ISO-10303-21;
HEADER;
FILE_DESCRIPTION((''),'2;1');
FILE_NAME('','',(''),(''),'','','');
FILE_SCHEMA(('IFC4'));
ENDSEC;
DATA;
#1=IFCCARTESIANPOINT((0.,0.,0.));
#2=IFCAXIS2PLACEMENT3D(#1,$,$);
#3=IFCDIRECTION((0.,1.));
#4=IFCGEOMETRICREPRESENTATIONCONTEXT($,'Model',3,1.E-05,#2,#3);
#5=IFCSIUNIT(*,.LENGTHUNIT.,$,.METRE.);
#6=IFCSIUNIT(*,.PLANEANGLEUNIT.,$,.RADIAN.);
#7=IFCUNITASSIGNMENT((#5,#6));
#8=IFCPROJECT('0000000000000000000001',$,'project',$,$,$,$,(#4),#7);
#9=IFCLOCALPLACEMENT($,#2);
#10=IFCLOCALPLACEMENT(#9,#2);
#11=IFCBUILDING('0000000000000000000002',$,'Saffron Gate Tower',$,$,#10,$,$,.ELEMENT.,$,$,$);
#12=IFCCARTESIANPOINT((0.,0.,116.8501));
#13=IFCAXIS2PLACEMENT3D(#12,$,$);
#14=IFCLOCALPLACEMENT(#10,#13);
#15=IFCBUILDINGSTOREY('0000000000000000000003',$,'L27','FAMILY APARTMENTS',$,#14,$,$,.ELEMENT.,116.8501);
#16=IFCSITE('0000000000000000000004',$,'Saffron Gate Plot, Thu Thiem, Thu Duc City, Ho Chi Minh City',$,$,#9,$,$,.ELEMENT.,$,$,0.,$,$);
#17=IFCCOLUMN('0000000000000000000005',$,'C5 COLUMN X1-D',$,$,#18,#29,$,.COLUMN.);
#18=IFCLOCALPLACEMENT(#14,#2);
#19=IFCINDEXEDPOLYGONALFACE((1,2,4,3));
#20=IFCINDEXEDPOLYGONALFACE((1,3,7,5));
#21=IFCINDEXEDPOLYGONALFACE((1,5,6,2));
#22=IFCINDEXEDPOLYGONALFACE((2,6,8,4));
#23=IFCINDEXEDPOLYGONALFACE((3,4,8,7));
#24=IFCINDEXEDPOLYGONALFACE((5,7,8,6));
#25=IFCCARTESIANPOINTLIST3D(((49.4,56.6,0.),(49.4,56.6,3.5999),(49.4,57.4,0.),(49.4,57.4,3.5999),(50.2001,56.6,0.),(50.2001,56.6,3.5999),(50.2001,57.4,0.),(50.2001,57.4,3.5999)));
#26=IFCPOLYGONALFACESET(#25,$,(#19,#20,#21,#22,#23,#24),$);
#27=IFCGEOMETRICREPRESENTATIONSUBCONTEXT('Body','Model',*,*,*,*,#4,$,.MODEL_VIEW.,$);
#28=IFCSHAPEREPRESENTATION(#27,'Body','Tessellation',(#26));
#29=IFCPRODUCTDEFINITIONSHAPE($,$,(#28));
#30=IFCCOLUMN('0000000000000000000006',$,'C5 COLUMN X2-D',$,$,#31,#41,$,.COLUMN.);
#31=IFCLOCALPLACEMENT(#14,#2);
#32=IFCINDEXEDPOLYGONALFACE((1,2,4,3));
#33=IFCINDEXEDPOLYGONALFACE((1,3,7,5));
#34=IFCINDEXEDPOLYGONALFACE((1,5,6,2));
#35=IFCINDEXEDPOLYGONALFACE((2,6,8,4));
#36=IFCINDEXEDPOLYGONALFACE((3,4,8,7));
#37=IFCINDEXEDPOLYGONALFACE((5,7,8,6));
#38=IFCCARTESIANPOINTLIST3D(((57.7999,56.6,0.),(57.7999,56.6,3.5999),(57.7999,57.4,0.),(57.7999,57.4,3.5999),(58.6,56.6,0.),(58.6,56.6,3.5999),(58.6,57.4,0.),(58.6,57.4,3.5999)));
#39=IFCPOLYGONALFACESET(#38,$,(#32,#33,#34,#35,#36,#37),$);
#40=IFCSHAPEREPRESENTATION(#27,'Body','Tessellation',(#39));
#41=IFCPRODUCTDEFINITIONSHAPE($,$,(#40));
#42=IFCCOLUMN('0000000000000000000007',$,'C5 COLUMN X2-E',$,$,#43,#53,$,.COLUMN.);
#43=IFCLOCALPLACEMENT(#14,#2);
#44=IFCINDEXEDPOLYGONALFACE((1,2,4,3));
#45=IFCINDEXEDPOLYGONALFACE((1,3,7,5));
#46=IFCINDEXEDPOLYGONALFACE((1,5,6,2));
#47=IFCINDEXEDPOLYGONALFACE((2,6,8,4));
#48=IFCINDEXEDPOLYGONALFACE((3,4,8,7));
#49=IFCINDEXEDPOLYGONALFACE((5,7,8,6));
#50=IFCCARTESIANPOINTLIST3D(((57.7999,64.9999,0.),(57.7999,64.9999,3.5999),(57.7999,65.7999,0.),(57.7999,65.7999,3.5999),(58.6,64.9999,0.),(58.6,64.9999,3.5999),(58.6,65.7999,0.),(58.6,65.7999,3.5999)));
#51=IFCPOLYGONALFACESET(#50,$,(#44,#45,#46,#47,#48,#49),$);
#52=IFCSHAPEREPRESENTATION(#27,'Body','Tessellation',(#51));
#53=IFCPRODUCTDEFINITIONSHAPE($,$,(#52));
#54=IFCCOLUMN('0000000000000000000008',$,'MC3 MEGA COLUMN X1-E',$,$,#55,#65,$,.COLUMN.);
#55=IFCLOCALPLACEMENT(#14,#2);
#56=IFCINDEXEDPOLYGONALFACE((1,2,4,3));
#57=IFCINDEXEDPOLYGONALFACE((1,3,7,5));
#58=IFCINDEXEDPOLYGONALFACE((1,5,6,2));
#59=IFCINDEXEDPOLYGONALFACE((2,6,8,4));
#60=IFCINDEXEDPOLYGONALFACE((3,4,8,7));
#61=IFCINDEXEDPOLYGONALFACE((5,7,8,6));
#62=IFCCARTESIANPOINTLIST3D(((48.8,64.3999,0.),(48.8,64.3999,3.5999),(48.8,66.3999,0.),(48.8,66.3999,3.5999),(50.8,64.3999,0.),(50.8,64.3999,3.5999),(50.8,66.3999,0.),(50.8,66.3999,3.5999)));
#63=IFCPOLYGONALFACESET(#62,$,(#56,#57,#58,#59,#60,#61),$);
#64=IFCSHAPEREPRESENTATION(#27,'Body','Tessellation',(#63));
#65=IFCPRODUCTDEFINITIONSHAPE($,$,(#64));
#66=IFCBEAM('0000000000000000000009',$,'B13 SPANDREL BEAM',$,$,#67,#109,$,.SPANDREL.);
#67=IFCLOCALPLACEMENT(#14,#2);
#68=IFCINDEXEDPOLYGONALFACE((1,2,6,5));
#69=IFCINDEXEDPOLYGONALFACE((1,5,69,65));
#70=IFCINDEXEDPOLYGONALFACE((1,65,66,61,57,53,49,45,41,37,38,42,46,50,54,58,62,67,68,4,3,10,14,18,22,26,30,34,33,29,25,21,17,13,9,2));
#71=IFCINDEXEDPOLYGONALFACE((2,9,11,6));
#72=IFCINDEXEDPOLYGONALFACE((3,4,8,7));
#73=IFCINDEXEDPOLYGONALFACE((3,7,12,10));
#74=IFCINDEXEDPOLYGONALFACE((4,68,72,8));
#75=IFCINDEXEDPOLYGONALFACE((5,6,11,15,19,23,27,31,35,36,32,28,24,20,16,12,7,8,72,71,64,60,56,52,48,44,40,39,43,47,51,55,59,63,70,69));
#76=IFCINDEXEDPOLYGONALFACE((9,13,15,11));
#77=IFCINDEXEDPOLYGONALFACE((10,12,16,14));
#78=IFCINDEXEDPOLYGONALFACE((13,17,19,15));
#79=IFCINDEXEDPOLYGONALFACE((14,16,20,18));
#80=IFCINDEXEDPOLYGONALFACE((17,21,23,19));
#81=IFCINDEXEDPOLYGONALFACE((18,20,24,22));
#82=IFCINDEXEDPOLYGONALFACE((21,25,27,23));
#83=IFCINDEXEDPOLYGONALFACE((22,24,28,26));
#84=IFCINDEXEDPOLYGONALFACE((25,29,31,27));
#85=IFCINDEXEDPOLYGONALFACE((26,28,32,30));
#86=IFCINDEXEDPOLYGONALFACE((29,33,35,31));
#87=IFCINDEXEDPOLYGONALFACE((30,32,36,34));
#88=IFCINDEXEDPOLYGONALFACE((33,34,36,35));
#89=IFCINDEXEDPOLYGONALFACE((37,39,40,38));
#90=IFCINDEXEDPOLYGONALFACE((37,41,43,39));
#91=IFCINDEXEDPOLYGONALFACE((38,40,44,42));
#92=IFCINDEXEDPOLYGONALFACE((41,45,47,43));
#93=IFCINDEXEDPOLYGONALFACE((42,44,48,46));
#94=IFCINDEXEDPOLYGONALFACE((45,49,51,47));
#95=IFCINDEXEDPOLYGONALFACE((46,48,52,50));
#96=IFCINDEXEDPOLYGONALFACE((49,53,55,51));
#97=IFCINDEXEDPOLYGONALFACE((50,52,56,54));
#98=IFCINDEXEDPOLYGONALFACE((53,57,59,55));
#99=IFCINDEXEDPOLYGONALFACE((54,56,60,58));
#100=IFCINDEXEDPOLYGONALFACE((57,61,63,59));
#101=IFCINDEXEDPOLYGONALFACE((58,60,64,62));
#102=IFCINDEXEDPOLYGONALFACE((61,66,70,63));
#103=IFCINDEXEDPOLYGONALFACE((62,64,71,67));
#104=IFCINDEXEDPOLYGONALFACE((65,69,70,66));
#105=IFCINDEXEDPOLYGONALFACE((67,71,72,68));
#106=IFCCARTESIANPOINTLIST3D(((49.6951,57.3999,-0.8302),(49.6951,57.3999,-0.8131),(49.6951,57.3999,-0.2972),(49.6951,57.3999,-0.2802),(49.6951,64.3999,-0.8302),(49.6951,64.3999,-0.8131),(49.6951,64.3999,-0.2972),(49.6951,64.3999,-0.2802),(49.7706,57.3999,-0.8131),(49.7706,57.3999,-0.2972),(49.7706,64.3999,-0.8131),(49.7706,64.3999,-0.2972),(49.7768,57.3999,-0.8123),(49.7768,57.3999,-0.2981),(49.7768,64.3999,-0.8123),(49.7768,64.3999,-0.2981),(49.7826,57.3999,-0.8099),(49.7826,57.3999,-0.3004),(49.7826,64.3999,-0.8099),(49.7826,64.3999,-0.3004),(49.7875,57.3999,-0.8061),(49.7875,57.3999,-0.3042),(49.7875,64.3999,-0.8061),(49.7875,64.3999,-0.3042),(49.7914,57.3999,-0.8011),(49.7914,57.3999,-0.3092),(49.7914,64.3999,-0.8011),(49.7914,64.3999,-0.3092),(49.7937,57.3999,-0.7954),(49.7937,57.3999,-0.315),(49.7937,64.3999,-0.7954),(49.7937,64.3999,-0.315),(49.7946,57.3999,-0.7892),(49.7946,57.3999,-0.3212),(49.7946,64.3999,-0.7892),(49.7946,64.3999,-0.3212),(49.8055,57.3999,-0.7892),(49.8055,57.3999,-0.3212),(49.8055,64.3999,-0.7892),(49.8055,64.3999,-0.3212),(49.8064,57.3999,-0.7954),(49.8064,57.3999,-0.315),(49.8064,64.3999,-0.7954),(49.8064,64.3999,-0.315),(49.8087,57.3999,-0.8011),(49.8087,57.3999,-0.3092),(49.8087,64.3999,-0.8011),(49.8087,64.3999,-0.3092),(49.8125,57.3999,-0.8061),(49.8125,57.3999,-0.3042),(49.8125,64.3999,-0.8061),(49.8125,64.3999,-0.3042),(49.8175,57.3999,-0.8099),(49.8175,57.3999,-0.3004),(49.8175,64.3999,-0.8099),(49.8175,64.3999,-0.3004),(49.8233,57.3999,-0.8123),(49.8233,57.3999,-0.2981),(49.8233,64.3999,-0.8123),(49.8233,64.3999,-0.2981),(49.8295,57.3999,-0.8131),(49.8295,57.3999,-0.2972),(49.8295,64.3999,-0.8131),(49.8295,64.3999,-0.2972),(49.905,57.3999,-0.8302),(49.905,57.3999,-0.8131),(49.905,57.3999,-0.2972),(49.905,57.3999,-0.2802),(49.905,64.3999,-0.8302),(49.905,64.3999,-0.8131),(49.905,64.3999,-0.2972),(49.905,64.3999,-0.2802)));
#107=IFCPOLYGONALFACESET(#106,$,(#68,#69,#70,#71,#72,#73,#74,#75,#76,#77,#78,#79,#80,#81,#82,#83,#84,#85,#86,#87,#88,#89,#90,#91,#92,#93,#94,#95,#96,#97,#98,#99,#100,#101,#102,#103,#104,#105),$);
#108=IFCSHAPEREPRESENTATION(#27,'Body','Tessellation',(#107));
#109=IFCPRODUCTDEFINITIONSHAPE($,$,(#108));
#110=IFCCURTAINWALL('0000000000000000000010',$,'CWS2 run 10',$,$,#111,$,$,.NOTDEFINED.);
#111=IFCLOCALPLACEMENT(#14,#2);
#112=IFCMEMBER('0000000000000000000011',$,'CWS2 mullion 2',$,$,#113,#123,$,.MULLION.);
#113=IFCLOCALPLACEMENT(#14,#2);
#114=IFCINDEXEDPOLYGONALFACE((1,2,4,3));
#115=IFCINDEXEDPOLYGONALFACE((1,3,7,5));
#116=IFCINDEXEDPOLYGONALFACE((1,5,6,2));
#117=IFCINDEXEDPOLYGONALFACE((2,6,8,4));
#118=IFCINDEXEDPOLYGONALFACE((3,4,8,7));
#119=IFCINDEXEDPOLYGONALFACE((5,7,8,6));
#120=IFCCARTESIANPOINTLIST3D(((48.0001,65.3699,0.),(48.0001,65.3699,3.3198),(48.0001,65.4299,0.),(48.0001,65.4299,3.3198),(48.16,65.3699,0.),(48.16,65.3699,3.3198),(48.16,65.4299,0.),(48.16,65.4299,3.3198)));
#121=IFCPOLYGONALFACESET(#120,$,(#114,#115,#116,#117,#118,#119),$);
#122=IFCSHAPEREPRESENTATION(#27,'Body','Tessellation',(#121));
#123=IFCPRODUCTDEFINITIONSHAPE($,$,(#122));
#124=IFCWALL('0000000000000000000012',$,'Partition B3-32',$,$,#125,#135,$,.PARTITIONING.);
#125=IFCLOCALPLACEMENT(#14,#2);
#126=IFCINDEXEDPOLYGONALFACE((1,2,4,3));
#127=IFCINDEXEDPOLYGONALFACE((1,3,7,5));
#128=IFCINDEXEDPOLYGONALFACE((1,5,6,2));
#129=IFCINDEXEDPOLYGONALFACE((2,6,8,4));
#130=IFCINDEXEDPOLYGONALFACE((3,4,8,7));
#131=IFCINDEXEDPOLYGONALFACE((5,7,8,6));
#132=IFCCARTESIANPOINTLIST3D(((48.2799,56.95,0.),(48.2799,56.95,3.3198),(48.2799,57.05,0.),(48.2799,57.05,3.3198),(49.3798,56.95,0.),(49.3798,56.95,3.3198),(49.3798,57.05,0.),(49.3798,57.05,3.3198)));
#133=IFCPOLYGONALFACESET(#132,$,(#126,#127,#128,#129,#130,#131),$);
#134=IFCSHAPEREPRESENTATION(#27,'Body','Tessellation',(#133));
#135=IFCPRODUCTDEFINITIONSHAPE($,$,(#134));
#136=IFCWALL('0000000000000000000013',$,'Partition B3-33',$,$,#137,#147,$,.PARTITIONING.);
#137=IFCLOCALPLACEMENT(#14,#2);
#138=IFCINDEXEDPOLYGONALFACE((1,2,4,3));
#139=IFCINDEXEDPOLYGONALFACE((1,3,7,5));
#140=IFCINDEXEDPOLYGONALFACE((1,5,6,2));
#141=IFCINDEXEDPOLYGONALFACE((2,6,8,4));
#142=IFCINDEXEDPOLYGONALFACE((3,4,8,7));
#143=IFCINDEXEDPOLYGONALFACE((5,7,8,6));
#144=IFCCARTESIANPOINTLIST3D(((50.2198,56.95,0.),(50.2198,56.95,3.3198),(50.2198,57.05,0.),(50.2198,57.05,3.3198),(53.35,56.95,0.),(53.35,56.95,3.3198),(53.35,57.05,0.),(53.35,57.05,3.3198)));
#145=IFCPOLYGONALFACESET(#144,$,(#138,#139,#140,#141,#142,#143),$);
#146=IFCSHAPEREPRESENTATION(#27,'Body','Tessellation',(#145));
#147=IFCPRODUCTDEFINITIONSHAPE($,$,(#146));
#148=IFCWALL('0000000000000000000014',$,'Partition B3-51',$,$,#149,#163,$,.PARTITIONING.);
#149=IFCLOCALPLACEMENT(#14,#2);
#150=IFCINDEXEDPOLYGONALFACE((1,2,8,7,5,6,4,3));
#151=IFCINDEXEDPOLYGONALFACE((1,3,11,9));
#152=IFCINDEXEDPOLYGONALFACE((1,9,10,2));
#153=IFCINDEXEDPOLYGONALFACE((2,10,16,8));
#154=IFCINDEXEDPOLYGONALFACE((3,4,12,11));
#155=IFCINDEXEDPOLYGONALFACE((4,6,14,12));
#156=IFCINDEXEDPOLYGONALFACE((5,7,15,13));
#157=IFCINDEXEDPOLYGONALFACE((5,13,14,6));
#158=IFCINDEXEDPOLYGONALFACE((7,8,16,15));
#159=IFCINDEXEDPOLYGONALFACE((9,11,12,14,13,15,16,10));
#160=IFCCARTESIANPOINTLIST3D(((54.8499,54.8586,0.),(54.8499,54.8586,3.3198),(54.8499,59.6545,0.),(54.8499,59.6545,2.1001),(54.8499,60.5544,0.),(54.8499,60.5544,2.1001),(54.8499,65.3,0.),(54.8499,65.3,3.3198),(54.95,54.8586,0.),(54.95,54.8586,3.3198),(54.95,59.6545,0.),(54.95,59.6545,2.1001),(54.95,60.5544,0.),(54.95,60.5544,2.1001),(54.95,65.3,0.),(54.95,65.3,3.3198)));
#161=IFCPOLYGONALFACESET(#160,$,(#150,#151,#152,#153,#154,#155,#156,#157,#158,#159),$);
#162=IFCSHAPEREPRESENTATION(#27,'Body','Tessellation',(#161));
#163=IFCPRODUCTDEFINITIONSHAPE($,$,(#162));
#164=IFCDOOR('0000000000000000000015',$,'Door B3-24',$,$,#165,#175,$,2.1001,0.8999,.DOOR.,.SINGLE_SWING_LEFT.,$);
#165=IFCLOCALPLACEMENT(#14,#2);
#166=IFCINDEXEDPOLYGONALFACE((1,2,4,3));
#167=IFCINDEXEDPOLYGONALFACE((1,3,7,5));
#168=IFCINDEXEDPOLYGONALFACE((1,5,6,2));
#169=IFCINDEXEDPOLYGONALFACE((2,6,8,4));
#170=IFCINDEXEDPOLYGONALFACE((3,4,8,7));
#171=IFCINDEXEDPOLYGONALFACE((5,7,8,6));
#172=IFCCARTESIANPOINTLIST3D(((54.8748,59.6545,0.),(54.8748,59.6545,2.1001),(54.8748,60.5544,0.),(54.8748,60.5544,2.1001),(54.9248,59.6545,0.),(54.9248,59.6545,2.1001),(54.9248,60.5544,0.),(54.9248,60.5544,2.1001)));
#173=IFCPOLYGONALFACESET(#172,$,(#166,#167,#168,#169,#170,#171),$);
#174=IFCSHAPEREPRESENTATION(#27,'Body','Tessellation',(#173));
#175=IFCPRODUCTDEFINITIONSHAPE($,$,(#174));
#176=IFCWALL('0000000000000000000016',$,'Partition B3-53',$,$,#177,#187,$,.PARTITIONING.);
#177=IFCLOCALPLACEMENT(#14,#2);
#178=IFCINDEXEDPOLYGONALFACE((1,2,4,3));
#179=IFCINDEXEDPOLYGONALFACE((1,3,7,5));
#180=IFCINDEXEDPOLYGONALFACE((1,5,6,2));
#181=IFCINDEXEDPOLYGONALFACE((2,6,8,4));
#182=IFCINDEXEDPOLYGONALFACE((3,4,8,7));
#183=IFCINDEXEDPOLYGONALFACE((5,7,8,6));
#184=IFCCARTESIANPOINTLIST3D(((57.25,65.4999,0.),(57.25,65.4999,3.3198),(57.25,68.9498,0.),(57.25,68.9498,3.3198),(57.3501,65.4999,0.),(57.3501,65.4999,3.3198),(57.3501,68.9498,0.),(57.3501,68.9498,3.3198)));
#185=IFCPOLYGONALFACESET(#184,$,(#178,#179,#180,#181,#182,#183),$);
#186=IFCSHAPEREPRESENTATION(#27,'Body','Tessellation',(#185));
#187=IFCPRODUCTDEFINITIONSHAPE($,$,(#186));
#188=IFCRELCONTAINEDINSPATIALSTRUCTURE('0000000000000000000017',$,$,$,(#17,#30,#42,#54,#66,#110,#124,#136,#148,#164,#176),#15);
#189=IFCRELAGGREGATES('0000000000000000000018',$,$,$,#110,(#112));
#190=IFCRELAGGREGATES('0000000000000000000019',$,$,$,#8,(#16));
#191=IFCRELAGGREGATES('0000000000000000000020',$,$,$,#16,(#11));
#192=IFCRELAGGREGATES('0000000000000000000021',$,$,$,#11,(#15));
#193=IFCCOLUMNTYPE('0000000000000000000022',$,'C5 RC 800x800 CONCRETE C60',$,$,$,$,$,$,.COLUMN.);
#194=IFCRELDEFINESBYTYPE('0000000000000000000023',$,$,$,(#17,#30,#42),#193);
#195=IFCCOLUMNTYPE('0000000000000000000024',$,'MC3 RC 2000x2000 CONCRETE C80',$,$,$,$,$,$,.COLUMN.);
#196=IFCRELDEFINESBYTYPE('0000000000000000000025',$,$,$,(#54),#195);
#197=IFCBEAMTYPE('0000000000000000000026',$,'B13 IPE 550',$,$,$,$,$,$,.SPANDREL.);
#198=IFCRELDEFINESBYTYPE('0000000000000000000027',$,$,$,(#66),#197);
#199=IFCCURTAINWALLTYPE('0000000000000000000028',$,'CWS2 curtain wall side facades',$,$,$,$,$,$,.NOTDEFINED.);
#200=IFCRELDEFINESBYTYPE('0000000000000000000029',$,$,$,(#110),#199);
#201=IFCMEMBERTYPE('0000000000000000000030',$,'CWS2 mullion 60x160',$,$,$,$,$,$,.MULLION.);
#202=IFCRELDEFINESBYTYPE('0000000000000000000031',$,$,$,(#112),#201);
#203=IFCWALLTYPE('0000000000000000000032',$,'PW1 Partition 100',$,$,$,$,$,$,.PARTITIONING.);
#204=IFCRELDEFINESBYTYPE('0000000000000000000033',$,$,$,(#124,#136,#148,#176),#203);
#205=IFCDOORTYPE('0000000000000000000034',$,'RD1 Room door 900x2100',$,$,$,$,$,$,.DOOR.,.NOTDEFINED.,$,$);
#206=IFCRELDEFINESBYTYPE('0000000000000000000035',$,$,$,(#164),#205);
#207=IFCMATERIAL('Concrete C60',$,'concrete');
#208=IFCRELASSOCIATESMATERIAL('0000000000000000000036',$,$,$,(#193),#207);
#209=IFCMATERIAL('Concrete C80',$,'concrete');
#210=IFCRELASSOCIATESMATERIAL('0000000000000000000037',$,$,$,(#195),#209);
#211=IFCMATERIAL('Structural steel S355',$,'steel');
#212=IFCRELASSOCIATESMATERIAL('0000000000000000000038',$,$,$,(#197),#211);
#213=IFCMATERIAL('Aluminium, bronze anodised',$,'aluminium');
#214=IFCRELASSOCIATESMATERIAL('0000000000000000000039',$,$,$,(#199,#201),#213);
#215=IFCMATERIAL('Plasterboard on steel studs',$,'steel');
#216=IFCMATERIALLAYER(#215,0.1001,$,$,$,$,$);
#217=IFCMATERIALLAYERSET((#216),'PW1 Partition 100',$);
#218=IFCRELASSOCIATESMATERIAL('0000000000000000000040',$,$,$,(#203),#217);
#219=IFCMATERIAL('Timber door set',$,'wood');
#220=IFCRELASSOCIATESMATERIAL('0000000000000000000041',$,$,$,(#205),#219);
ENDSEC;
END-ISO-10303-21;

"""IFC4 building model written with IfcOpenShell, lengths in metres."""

from ifc_helpers import new_model, si_unit, direction, frame, frame_2d, origin, origin_2d, place, context, subcontext, project, spatial, rectangle, i_section, extrude, material, layer, layer_set, material_profile, profile_set, type_object, element, fill, aggregate, save


model = new_model("IFC4")

# Units and contexts
model_context = context("Model", 3, precision=1e-05, world=origin(), true_north=direction((0.0, 1.0)))
body_context = subcontext(model_context, "Body", "Model", "MODEL_VIEW")
ifc_project = project(units=[si_unit("LENGTHUNIT", "METRE"), si_unit("PLANEANGLEUNIT", "RADIAN")], contexts=[model_context])

# Site, building, storey
site_placement = place(None, origin())
site = spatial("IfcSite", under=ifc_project, at=site_placement, Name="Saffron Gate Plot, Thu Thiem, Thu Duc City, Ho Chi Minh City", CompositionType="ELEMENT", RefElevation=0.0)
building_placement = place(site_placement, origin())
building = spatial("IfcBuilding", under=site, at=building_placement, Name="Saffron Gate Tower", CompositionType="ELEMENT")
storey_placement = place(building_placement, frame((0.0, 0.0, 116.8501)))
storey = spatial("IfcBuildingStorey", under=building, at=storey_placement, Name="L27", Description="FAMILY APARTMENTS", CompositionType="ELEMENT", Elevation=116.8501)

# Columns
ifc_material_1 = material(Name="Concrete C60", Category="concrete")
ifc_material_profile_1 = material_profile(ifc_material_1, rectangle(XDim=0.8, YDim=0.8, at=origin_2d()))
ifc_profile_set_1 = profile_set([ifc_material_profile_1], Name="Concrete C60")
column_type_1 = type_object("IfcColumnType", Name="C5 RC 800x800 CONCRETE C60", PredefinedType="COLUMN", material=ifc_profile_set_1)
for number, where, z_axis, x_axis, name in (
    (1, (49.8, 57.0, 0.0), (0.0, 0.0, 1.0), (1.0, 0.0, 0.0), "C5 COLUMN X1-D"),
    (2, (58.2, 57.0, 0.0), (0.0, 0.0, 1.0), (1.0, 0.0, 0.0), "C5 COLUMN X2-D"),
    (3, (58.2, 65.3999, 0.0), (0.0, 0.0, 1.0), (1.0, 0.0, 0.0), "C5 COLUMN X2-E"),
):
    element("IfcColumn", number, at=place(storey_placement, frame(where, z_axis=z_axis, x_axis=x_axis)), inside=storey, type_object=column_type_1, Name=name, PredefinedType="COLUMN", context=body_context, shape_type="SweptSolid", body=[
        extrude(rectangle(XDim=0.8, YDim=0.8, at=origin_2d()), origin(), (0.0, 0.0, 1.0), 3.5999),
    ])
ifc_material_2 = material(Name="Concrete C80", Category="concrete")
ifc_material_profile_2 = material_profile(ifc_material_2, rectangle(XDim=2.0, YDim=2.0, at=origin_2d()))
ifc_profile_set_2 = profile_set([ifc_material_profile_2], Name="Concrete C80")
column_type_2 = type_object("IfcColumnType", Name="MC3 RC 2000x2000 CONCRETE C80", PredefinedType="COLUMN", material=ifc_profile_set_2)
column_placement = place(storey_placement, frame((49.8, 65.3999, 0.0), z_axis=(0.0, 0.0, 1.0), x_axis=(1.0, 0.0, 0.0)))
element("IfcColumn", 4, at=column_placement, inside=storey, type_object=column_type_2, Name="MC3 MEGA COLUMN X1-E", PredefinedType="COLUMN", context=body_context, shape_type="SweptSolid", body=[
    extrude(rectangle(XDim=2.0, YDim=2.0, at=origin_2d()), origin(), (0.0, 0.0, 1.0), 3.5999),
])

# Beam
ifc_material_3 = material(Name="Structural steel S355", Category="steel")
ifc_material_profile_3 = material_profile(ifc_material_3, i_section(OverallWidth=0.21, OverallDepth=0.55, WebThickness=0.011, FlangeThickness=0.0171, FilletRadius=0.0239, at=origin_2d()))
ifc_profile_set_3 = profile_set([ifc_material_profile_3], Name="Structural steel S355")
beam_type = type_object("IfcBeamType", Name="B13 IPE 550", PredefinedType="SPANDREL", material=ifc_profile_set_3)
beam_placement = place(storey_placement, frame((49.8, 57.3999, -0.5552), z_axis=(0.0, 1.0, 0.0), x_axis=(-1.0, 0.0, 0.0)))
element("IfcBeam", 5, at=beam_placement, inside=storey, type_object=beam_type, Name="B13 SPANDREL BEAM", PredefinedType="SPANDREL", context=body_context, shape_type="SweptSolid", body=[
    extrude(i_section(OverallWidth=0.21, OverallDepth=0.55, WebThickness=0.011, FlangeThickness=0.0171, FilletRadius=0.0239, at=origin_2d()), origin(), (0.0, 0.0, 1.0), 7.0),
])

# Curtain wall, member
ifc_material_4 = material(Name="Aluminium, bronze anodised", Category="aluminium")
curtain_wall_type = type_object("IfcCurtainWallType", Name="CWS2 curtain wall side facades", PredefinedType="NOTDEFINED", material=ifc_material_4)
curtain_wall_placement = place(storey_placement, origin())
curtain_wall = element("IfcCurtainWall", 6, at=curtain_wall_placement, inside=storey, type_object=curtain_wall_type, Name="CWS2 run 10", PredefinedType="NOTDEFINED")
ifc_material_profile_4 = material_profile(ifc_material_4, rectangle(XDim=0.1599, YDim=0.0601, at=origin_2d()))
ifc_profile_set_4 = profile_set([ifc_material_profile_4], Name="Aluminium, bronze anodised")
member_type = type_object("IfcMemberType", Name="CWS2 mullion 60x160", PredefinedType="MULLION", material=ifc_profile_set_4)
member_placement = place(storey_placement, frame((48.0801, 65.3999, 0.0), z_axis=(0.0, 0.0, 1.0), x_axis=(1.0, 0.0, 0.0)))
member = element("IfcMember", 7, at=member_placement, type_object=member_type, Name="CWS2 mullion 2", PredefinedType="MULLION", context=body_context, shape_type="SweptSolid", body=[
    extrude(rectangle(XDim=0.1599, YDim=0.0601, at=origin_2d()), origin(), (0.0, 0.0, 1.0), 3.3198),
])
aggregate(curtain_wall, [member])

# Walls
ifc_material_5 = material(Name="Plasterboard on steel studs", Category="steel")
ifc_layer_1 = layer(ifc_material_5, 0.1001)
ifc_layer_set_1 = layer_set([ifc_layer_1], Name="PW1 Partition 100")
wall_type_1 = type_object("IfcWallType", Name="PW1 Partition 100", PredefinedType="PARTITIONING", material=ifc_layer_set_1)
wall_1_placement = place(storey_placement, frame((48.28, 57.0, 0.0), z_axis=(0.0, 0.0, 1.0), x_axis=(1.0, 0.0, 0.0)))
element("IfcWall", 8, at=wall_1_placement, inside=storey, type_object=wall_type_1, Name="Partition B3-32", PredefinedType="PARTITIONING", context=body_context, shape_type="SweptSolid", body=[
    extrude(rectangle(XDim=1.0999, YDim=0.1001, at=frame_2d((0.5498, 0.0))), origin(), (0.0, 0.0, 1.0), 3.3198),
])
wall_2_placement = place(storey_placement, frame((50.22, 57.0, 0.0), z_axis=(0.0, 0.0, 1.0), x_axis=(1.0, 0.0, 0.0)))
element("IfcWall", 9, at=wall_2_placement, inside=storey, type_object=wall_type_1, Name="Partition B3-33", PredefinedType="PARTITIONING", context=body_context, shape_type="SweptSolid", body=[
    extrude(rectangle(XDim=3.1301, YDim=0.1001, at=frame_2d((1.5649, 0.0))), origin(), (0.0, 0.0, 1.0), 3.3198),
])

# Wall, opening, door
wall_3_placement = place(storey_placement, frame((54.8999, 65.3, 0.0), z_axis=(0.0, 0.0, 1.0), x_axis=(0.0, -1.0, 0.0)))
wall_3 = element("IfcWall", 10, at=wall_3_placement, inside=storey, type_object=wall_type_1, Name="Partition B3-51", PredefinedType="PARTITIONING", context=body_context, shape_type="SweptSolid", body=[
    extrude(rectangle(XDim=10.4414, YDim=0.1001, at=frame_2d((5.2207, 0.0))), origin(), (0.0, 0.0, 1.0), 3.3198),
])
opening_placement = place(wall_3_placement, frame((4.7456, 0.0, 0.0)))
opening = element("IfcOpeningElement", 11, at=opening_placement, cuts=wall_3, PredefinedType="OPENING", context=body_context, shape_type="SweptSolid", body=[
    extrude(rectangle(XDim=0.8999, YDim=2.1001, at=frame_2d((0.45, 1.05))), frame((0.0, 0.0601, 0.0), z_axis=(0.0, -1.0, 0.0), x_axis=(1.0, 0.0, 0.0)), (0.0, 0.0, 1.0), 0.1201),
])
ifc_material_6 = material(Name="Timber door set", Category="wood")
door_type = type_object("IfcDoorType", Name="RD1 Room door 900x2100", OperationType="NOTDEFINED", PredefinedType="DOOR", material=ifc_material_6)
door_placement = place(opening_placement, origin())
door = element("IfcDoor", 12, at=door_placement, inside=storey, type_object=door_type, Name="Door B3-24", OperationType="SINGLE_SWING_LEFT", OverallHeight=2.1001, OverallWidth=0.8999, PredefinedType="DOOR", context=body_context, shape_type="SweptSolid", body=[
    extrude(rectangle(XDim=0.8999, YDim=2.1001, at=frame_2d((0.45, 1.05))), frame((0.0, 0.0249, 0.0), z_axis=(0.0, -1.0, 0.0), x_axis=(1.0, 0.0, 0.0)), (0.0, 0.0, 1.0), 0.05),
])
fill(opening, door)

# Wall
wall_4_placement = place(storey_placement, frame((57.3, 68.95, 0.0), z_axis=(0.0, 0.0, 1.0), x_axis=(0.0, -1.0, 0.0)))
element("IfcWall", 13, at=wall_4_placement, inside=storey, type_object=wall_type_1, Name="Partition B3-53", PredefinedType="PARTITIONING", context=body_context, shape_type="SweptSolid", body=[
    extrude(rectangle(XDim=3.45, YDim=0.1001, at=frame_2d((1.7251, 0.0))), origin(), (0.0, 0.0, 1.0), 3.3198),
])

save(model, "model.ifc")
